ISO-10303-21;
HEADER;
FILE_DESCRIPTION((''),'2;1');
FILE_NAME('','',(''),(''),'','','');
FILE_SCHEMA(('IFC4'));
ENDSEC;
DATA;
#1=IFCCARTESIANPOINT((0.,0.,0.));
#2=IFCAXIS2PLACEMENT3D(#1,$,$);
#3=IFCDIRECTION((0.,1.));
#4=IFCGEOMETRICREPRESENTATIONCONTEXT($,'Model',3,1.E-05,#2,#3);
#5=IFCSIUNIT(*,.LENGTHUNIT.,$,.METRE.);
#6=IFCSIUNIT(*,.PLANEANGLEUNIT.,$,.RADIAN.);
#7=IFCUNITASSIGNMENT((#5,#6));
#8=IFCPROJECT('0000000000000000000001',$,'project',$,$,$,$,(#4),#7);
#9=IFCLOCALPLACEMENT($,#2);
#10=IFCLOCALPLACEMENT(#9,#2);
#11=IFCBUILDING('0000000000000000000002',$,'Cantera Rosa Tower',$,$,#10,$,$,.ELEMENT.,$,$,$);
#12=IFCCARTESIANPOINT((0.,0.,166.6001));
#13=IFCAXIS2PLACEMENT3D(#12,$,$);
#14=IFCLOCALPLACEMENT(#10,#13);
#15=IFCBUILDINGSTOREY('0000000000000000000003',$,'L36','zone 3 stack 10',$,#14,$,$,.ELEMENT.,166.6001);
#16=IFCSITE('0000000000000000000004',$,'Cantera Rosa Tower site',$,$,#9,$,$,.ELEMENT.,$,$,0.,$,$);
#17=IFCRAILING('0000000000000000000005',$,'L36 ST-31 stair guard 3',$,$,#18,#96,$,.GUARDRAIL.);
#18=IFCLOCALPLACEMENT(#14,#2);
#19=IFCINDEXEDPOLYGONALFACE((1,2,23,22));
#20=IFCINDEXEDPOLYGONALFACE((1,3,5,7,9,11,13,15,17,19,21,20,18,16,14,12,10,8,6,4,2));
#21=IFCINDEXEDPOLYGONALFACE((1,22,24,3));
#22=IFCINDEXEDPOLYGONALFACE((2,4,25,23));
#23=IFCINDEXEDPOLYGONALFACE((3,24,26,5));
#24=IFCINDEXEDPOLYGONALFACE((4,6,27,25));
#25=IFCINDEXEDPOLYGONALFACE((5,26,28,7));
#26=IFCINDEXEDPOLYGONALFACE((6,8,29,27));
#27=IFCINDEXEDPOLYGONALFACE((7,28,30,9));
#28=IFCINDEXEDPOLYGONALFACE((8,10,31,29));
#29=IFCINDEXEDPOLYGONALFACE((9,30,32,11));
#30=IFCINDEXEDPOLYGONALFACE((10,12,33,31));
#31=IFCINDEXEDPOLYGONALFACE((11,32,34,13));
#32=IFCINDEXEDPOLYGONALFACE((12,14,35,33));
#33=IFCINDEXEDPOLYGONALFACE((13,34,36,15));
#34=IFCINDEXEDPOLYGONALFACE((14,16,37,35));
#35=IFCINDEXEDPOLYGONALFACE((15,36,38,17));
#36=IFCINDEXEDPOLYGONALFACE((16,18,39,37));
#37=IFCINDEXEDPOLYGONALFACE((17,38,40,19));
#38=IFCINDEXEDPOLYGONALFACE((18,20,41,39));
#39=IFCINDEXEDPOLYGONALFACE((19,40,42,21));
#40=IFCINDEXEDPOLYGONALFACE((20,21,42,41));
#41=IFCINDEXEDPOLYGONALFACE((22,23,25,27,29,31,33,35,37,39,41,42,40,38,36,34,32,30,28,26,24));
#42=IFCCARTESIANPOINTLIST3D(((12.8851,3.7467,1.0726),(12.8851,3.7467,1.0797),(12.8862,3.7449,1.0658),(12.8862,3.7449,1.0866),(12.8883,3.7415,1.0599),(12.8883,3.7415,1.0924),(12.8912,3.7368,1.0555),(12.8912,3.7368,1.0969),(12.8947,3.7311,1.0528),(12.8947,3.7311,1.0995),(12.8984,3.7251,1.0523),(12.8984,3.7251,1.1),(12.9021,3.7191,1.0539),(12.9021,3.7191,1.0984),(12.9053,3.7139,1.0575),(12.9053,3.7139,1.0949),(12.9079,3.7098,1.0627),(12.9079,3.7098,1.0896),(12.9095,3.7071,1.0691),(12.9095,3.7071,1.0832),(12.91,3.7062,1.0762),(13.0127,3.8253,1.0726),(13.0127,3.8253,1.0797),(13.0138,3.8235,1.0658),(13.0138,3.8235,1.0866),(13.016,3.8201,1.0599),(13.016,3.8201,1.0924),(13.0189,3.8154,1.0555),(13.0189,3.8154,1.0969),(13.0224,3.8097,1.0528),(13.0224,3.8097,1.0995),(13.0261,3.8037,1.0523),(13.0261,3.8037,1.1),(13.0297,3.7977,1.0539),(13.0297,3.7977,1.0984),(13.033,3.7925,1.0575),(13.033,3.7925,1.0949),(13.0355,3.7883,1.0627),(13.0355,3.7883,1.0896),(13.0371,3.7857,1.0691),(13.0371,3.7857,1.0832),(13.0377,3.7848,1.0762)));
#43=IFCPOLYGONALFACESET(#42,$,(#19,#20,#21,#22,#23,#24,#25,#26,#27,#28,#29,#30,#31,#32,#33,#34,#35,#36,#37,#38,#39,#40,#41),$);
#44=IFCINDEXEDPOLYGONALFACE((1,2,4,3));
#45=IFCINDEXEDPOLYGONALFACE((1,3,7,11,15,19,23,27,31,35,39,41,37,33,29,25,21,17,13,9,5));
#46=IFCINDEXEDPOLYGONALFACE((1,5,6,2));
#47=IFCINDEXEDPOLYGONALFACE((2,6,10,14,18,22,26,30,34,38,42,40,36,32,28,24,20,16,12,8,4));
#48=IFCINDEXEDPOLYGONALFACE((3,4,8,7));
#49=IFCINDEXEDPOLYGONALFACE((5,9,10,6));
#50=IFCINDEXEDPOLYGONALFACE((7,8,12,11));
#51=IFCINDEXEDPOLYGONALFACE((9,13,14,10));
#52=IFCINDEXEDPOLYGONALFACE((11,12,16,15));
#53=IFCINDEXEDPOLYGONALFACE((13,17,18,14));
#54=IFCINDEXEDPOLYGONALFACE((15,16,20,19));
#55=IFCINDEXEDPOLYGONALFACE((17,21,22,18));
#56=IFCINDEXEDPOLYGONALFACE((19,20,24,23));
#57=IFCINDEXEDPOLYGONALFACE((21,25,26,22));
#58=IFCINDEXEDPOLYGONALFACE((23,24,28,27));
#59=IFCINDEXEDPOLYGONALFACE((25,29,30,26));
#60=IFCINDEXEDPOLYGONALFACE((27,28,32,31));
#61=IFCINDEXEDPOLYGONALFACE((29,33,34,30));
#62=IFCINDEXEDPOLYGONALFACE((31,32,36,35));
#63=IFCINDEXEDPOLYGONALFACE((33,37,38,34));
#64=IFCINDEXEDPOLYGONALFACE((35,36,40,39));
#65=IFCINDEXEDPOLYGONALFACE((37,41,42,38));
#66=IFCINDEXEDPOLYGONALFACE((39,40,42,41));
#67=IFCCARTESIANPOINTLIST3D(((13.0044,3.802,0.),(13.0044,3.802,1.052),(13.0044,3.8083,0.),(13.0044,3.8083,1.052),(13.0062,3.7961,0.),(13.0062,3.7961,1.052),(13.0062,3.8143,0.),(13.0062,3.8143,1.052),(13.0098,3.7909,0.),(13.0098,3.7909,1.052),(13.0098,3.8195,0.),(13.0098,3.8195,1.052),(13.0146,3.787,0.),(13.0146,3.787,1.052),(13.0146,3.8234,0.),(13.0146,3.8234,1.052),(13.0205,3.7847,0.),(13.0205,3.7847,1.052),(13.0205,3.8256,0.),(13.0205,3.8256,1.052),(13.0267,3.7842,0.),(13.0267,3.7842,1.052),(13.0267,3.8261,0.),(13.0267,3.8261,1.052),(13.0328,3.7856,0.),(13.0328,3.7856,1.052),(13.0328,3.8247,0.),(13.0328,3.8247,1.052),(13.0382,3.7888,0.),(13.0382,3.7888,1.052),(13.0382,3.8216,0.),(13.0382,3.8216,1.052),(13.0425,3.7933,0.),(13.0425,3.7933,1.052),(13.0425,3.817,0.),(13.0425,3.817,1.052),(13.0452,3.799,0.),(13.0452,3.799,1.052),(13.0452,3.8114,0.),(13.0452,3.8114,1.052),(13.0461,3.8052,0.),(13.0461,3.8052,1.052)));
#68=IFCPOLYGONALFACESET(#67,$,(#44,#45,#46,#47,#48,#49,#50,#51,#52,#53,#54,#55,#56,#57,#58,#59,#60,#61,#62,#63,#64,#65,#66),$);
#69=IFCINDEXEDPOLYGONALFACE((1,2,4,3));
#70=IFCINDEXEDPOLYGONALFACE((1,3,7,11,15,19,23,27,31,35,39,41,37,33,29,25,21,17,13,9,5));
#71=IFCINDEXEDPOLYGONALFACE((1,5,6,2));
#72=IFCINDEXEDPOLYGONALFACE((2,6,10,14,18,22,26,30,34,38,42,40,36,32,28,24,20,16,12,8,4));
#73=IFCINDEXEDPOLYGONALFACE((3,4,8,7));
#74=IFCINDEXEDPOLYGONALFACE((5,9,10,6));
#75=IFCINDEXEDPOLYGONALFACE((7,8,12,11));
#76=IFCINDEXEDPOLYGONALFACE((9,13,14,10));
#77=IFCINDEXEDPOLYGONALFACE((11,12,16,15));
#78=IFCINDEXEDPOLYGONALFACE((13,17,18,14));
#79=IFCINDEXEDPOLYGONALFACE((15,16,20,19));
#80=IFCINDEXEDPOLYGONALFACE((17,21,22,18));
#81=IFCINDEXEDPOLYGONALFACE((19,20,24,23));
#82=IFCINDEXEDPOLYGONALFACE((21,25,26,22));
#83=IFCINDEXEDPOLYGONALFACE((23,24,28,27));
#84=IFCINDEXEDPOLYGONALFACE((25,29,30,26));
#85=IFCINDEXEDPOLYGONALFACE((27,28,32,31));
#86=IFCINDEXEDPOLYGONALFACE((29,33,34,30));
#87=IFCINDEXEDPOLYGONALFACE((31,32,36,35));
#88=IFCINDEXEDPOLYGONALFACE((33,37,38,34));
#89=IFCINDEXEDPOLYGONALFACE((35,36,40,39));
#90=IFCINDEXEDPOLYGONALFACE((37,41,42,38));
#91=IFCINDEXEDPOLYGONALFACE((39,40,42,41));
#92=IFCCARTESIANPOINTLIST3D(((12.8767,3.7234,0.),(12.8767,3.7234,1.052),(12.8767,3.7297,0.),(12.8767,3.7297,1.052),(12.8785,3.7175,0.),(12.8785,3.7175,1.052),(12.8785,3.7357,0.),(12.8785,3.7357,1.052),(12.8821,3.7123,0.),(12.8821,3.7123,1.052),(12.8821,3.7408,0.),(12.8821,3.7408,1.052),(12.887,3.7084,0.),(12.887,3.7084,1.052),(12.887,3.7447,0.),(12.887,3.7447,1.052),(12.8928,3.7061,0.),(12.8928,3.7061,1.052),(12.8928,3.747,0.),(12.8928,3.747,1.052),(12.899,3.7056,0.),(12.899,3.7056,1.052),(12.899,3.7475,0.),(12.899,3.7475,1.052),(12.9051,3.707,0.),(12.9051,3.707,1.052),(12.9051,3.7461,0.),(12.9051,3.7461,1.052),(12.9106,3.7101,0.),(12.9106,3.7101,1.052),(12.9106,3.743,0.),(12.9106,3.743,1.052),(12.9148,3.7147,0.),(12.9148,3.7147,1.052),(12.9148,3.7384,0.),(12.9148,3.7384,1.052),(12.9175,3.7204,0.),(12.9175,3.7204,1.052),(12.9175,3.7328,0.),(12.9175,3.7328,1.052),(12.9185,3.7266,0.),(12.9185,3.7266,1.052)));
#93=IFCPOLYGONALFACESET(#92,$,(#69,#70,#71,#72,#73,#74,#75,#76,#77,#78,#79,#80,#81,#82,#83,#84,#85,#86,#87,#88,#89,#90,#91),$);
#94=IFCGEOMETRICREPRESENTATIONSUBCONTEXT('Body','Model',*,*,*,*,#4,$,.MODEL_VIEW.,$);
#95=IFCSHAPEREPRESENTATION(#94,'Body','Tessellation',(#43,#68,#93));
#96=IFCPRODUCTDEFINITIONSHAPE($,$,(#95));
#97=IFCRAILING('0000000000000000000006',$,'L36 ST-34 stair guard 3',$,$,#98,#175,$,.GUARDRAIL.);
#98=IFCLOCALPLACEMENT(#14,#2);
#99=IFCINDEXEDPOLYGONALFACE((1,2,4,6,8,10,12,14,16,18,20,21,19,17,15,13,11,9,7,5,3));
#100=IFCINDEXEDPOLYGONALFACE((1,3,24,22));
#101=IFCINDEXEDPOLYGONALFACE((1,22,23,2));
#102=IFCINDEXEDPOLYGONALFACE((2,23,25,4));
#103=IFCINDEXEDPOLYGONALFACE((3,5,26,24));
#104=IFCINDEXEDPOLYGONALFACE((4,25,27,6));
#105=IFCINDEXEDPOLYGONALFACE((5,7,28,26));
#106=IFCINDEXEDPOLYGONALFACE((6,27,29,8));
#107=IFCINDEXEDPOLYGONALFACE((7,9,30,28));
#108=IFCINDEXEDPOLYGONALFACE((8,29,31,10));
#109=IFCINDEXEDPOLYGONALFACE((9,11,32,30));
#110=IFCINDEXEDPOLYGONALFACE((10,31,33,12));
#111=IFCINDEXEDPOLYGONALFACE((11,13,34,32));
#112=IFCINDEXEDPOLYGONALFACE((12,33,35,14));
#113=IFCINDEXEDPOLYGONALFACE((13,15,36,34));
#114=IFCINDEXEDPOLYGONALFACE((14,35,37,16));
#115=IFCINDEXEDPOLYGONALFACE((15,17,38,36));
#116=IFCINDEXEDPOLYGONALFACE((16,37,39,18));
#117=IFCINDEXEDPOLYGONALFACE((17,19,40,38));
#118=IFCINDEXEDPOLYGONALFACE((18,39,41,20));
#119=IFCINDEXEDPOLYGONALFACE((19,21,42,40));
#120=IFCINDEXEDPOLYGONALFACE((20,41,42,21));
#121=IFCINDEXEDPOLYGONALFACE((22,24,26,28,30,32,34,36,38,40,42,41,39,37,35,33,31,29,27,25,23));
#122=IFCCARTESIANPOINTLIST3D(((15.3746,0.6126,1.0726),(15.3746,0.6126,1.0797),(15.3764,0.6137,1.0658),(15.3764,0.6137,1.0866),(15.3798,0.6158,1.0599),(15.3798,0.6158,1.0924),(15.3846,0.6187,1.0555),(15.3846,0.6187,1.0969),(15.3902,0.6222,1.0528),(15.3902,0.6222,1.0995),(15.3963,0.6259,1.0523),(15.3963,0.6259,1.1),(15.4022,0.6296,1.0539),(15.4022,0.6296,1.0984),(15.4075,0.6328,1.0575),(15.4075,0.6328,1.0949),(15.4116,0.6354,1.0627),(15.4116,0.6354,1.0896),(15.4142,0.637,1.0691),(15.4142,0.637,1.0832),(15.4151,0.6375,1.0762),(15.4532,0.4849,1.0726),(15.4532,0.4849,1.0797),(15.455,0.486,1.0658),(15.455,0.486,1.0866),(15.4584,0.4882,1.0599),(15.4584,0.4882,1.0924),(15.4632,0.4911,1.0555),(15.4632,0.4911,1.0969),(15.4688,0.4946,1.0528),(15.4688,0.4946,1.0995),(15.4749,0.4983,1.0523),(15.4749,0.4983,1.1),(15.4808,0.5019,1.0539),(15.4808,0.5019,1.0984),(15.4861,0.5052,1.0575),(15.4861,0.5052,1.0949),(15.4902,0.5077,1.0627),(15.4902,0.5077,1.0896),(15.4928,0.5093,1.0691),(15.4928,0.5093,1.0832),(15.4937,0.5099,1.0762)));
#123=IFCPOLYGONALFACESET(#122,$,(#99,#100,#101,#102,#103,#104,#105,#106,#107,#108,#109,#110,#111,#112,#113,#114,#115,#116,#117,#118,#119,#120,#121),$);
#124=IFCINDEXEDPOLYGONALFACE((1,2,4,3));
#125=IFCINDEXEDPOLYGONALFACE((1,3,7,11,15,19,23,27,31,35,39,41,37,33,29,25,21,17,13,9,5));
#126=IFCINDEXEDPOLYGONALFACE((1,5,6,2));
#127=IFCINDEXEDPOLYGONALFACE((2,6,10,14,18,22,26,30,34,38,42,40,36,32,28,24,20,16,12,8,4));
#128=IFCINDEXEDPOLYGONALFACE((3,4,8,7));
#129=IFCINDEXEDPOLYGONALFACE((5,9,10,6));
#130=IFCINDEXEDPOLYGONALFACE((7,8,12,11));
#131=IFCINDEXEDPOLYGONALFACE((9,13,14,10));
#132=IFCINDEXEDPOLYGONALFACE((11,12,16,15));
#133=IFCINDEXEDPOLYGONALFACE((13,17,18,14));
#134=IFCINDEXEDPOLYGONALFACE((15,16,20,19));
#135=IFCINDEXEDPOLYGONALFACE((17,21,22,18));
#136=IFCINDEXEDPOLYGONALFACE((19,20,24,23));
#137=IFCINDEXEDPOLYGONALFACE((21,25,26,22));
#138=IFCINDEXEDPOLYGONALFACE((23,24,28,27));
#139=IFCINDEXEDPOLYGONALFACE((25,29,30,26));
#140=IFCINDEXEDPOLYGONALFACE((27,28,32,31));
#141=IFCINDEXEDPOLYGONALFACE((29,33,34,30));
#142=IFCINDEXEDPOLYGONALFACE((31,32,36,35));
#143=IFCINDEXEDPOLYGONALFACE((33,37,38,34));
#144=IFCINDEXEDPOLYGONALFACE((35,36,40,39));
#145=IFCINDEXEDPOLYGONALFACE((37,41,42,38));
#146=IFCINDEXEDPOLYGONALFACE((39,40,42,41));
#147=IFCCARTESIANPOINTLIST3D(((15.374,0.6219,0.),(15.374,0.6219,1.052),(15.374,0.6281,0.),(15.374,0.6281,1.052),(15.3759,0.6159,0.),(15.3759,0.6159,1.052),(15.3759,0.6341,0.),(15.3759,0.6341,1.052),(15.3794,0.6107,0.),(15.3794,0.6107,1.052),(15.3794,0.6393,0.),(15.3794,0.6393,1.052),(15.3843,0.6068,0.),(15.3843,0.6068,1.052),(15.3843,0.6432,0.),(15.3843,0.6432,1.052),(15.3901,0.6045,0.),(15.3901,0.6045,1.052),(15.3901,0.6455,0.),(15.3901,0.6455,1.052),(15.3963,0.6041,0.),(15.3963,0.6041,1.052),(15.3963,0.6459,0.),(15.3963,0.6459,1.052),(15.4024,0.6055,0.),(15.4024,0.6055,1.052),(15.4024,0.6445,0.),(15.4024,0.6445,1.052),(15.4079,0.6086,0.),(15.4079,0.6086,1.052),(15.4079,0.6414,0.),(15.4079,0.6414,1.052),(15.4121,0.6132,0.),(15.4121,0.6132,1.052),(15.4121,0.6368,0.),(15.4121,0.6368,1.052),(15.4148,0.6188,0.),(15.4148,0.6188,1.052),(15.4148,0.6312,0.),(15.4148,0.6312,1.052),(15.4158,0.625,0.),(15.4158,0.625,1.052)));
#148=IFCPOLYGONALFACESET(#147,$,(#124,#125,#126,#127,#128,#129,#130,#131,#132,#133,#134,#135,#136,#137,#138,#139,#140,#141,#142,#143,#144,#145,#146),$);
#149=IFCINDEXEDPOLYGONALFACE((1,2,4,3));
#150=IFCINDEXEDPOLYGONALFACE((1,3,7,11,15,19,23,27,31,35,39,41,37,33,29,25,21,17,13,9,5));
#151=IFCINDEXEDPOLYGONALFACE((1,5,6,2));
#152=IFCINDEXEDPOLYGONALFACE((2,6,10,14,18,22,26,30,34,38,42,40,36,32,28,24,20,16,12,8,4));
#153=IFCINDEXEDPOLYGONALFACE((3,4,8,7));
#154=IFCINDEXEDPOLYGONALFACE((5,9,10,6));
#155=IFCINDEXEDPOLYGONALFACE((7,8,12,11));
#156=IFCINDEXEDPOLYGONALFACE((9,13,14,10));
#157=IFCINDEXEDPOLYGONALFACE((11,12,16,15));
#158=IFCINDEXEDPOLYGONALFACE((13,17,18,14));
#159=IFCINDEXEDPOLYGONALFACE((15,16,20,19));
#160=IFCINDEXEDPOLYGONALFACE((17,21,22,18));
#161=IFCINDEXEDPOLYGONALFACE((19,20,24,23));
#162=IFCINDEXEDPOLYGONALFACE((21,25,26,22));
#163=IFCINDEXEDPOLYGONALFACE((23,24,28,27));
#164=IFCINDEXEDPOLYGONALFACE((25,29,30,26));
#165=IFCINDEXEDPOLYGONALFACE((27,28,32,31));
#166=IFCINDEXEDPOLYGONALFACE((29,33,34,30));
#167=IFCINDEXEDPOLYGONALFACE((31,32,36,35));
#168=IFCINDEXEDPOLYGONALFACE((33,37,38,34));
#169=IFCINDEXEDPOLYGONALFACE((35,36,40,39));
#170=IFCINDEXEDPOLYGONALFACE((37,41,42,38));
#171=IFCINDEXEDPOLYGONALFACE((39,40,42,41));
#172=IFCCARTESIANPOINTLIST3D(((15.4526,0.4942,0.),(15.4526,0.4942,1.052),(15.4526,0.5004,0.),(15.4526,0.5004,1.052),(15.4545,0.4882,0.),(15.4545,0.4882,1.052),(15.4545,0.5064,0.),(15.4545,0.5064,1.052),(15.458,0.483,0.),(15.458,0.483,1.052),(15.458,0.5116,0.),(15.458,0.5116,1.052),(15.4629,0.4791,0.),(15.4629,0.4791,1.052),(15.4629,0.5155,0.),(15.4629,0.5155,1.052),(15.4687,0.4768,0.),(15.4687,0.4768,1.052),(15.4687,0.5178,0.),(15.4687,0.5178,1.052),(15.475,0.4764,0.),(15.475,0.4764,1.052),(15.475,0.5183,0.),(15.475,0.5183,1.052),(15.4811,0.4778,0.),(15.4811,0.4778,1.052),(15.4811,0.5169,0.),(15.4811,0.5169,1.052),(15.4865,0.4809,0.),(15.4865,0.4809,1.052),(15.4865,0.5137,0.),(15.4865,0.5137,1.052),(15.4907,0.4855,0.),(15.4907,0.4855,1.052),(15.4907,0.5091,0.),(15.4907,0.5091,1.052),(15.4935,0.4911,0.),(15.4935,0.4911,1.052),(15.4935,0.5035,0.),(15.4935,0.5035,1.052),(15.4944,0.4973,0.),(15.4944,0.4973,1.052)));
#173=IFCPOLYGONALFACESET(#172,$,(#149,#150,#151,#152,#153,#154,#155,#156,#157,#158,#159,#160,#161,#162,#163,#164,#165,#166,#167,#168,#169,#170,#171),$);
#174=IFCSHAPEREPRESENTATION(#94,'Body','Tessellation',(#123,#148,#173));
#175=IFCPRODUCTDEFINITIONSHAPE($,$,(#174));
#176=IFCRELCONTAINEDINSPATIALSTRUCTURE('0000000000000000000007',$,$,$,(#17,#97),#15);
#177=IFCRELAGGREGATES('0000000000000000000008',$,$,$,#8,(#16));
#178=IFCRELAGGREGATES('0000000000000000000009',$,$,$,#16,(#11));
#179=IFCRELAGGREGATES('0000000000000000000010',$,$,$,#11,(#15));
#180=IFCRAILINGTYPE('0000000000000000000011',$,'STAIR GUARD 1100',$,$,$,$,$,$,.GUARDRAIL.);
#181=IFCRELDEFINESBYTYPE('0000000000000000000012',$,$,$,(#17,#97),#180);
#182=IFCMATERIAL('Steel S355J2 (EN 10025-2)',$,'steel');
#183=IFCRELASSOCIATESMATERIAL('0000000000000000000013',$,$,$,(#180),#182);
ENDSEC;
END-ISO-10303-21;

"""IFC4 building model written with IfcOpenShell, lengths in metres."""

from ifc_helpers import new_model, si_unit, direction, frame, origin, origin_2d, place, context, subcontext, project, spatial, circle, extrude, material, type_object, element, save


model = new_model("IFC4")

# Units and contexts
model_context = context("Model", 3, precision=1e-05, world=origin(), true_north=direction((0.0, 1.0)))
body_context = subcontext(model_context, "Body", "Model", "MODEL_VIEW")
ifc_project = project(units=[si_unit("LENGTHUNIT", "METRE"), si_unit("PLANEANGLEUNIT", "RADIAN")], contexts=[model_context])

# Site, building, storey
site_placement = place(None, origin())
site = spatial("IfcSite", under=ifc_project, at=site_placement, Name="Cantera Rosa Tower site", CompositionType="ELEMENT", RefElevation=0.0)
building_placement = place(site_placement, origin())
building = spatial("IfcBuilding", under=site, at=building_placement, Name="Cantera Rosa Tower", CompositionType="ELEMENT")
storey_placement = place(building_placement, frame((0.0, 0.0, 166.6001)))
storey = spatial("IfcBuildingStorey", under=building, at=storey_placement, Name="L36", Description="zone 3 stack 10", CompositionType="ELEMENT", Elevation=166.6001)

# Railings
ifc_material_1 = material(Name="Steel S355J2 (EN 10025-2)", Category="steel")
railing_type_1 = type_object("IfcRailingType", Name="STAIR GUARD 1100", PredefinedType="GUARDRAIL", material=ifc_material_1)
railing_1_placement = place(storey_placement, frame((13.0251, 3.8052, 0.0)))
element("IfcRailing", 1, at=railing_1_placement, inside=storey, type_object=railing_type_1, Name="L36 ST-31 stair guard 3", PredefinedType="GUARDRAIL", context=body_context, shape_type="SweptSolid", body=[
    extrude(circle(Radius=0.0239, at=origin_2d()), frame((0.0, 0.0, 1.0762), z_axis=(-0.851546, -0.524279, 0.0), x_axis=(0.524279, -0.851546, 0.0)), (0.0, 0.0, 1.0), 0.1499),
    extrude(circle(Radius=0.021, at=origin_2d()), origin(), (0.0, 0.0, 1.0), 1.052),
    extrude(circle(Radius=0.021, at=origin_2d()), frame((-0.1277, -0.0786, 0.0)), (0.0, 0.0, 1.0), 1.052),
])
railing_2_placement = place(storey_placement, frame((15.3948, 0.625, 0.0)))
element("IfcRailing", 2, at=railing_2_placement, inside=storey, type_object=railing_type_1, Name="L36 ST-34 stair guard 3", PredefinedType="GUARDRAIL", context=body_context, shape_type="SweptSolid", body=[
    extrude(circle(Radius=0.0239, at=origin_2d()), frame((0.0, 0.0, 1.0762), z_axis=(0.524279, -0.851546, 0.0), x_axis=(0.851546, 0.524279, 0.0)), (0.0, 0.0, 1.0), 0.1499),
    extrude(circle(Radius=0.021, at=origin_2d()), origin(), (0.0, 0.0, 1.0), 1.052),
    extrude(circle(Radius=0.021, at=origin_2d()), frame((0.0786, -0.1277, 0.0)), (0.0, 0.0, 1.0), 1.052),
])

save(model, "model.ifc")
